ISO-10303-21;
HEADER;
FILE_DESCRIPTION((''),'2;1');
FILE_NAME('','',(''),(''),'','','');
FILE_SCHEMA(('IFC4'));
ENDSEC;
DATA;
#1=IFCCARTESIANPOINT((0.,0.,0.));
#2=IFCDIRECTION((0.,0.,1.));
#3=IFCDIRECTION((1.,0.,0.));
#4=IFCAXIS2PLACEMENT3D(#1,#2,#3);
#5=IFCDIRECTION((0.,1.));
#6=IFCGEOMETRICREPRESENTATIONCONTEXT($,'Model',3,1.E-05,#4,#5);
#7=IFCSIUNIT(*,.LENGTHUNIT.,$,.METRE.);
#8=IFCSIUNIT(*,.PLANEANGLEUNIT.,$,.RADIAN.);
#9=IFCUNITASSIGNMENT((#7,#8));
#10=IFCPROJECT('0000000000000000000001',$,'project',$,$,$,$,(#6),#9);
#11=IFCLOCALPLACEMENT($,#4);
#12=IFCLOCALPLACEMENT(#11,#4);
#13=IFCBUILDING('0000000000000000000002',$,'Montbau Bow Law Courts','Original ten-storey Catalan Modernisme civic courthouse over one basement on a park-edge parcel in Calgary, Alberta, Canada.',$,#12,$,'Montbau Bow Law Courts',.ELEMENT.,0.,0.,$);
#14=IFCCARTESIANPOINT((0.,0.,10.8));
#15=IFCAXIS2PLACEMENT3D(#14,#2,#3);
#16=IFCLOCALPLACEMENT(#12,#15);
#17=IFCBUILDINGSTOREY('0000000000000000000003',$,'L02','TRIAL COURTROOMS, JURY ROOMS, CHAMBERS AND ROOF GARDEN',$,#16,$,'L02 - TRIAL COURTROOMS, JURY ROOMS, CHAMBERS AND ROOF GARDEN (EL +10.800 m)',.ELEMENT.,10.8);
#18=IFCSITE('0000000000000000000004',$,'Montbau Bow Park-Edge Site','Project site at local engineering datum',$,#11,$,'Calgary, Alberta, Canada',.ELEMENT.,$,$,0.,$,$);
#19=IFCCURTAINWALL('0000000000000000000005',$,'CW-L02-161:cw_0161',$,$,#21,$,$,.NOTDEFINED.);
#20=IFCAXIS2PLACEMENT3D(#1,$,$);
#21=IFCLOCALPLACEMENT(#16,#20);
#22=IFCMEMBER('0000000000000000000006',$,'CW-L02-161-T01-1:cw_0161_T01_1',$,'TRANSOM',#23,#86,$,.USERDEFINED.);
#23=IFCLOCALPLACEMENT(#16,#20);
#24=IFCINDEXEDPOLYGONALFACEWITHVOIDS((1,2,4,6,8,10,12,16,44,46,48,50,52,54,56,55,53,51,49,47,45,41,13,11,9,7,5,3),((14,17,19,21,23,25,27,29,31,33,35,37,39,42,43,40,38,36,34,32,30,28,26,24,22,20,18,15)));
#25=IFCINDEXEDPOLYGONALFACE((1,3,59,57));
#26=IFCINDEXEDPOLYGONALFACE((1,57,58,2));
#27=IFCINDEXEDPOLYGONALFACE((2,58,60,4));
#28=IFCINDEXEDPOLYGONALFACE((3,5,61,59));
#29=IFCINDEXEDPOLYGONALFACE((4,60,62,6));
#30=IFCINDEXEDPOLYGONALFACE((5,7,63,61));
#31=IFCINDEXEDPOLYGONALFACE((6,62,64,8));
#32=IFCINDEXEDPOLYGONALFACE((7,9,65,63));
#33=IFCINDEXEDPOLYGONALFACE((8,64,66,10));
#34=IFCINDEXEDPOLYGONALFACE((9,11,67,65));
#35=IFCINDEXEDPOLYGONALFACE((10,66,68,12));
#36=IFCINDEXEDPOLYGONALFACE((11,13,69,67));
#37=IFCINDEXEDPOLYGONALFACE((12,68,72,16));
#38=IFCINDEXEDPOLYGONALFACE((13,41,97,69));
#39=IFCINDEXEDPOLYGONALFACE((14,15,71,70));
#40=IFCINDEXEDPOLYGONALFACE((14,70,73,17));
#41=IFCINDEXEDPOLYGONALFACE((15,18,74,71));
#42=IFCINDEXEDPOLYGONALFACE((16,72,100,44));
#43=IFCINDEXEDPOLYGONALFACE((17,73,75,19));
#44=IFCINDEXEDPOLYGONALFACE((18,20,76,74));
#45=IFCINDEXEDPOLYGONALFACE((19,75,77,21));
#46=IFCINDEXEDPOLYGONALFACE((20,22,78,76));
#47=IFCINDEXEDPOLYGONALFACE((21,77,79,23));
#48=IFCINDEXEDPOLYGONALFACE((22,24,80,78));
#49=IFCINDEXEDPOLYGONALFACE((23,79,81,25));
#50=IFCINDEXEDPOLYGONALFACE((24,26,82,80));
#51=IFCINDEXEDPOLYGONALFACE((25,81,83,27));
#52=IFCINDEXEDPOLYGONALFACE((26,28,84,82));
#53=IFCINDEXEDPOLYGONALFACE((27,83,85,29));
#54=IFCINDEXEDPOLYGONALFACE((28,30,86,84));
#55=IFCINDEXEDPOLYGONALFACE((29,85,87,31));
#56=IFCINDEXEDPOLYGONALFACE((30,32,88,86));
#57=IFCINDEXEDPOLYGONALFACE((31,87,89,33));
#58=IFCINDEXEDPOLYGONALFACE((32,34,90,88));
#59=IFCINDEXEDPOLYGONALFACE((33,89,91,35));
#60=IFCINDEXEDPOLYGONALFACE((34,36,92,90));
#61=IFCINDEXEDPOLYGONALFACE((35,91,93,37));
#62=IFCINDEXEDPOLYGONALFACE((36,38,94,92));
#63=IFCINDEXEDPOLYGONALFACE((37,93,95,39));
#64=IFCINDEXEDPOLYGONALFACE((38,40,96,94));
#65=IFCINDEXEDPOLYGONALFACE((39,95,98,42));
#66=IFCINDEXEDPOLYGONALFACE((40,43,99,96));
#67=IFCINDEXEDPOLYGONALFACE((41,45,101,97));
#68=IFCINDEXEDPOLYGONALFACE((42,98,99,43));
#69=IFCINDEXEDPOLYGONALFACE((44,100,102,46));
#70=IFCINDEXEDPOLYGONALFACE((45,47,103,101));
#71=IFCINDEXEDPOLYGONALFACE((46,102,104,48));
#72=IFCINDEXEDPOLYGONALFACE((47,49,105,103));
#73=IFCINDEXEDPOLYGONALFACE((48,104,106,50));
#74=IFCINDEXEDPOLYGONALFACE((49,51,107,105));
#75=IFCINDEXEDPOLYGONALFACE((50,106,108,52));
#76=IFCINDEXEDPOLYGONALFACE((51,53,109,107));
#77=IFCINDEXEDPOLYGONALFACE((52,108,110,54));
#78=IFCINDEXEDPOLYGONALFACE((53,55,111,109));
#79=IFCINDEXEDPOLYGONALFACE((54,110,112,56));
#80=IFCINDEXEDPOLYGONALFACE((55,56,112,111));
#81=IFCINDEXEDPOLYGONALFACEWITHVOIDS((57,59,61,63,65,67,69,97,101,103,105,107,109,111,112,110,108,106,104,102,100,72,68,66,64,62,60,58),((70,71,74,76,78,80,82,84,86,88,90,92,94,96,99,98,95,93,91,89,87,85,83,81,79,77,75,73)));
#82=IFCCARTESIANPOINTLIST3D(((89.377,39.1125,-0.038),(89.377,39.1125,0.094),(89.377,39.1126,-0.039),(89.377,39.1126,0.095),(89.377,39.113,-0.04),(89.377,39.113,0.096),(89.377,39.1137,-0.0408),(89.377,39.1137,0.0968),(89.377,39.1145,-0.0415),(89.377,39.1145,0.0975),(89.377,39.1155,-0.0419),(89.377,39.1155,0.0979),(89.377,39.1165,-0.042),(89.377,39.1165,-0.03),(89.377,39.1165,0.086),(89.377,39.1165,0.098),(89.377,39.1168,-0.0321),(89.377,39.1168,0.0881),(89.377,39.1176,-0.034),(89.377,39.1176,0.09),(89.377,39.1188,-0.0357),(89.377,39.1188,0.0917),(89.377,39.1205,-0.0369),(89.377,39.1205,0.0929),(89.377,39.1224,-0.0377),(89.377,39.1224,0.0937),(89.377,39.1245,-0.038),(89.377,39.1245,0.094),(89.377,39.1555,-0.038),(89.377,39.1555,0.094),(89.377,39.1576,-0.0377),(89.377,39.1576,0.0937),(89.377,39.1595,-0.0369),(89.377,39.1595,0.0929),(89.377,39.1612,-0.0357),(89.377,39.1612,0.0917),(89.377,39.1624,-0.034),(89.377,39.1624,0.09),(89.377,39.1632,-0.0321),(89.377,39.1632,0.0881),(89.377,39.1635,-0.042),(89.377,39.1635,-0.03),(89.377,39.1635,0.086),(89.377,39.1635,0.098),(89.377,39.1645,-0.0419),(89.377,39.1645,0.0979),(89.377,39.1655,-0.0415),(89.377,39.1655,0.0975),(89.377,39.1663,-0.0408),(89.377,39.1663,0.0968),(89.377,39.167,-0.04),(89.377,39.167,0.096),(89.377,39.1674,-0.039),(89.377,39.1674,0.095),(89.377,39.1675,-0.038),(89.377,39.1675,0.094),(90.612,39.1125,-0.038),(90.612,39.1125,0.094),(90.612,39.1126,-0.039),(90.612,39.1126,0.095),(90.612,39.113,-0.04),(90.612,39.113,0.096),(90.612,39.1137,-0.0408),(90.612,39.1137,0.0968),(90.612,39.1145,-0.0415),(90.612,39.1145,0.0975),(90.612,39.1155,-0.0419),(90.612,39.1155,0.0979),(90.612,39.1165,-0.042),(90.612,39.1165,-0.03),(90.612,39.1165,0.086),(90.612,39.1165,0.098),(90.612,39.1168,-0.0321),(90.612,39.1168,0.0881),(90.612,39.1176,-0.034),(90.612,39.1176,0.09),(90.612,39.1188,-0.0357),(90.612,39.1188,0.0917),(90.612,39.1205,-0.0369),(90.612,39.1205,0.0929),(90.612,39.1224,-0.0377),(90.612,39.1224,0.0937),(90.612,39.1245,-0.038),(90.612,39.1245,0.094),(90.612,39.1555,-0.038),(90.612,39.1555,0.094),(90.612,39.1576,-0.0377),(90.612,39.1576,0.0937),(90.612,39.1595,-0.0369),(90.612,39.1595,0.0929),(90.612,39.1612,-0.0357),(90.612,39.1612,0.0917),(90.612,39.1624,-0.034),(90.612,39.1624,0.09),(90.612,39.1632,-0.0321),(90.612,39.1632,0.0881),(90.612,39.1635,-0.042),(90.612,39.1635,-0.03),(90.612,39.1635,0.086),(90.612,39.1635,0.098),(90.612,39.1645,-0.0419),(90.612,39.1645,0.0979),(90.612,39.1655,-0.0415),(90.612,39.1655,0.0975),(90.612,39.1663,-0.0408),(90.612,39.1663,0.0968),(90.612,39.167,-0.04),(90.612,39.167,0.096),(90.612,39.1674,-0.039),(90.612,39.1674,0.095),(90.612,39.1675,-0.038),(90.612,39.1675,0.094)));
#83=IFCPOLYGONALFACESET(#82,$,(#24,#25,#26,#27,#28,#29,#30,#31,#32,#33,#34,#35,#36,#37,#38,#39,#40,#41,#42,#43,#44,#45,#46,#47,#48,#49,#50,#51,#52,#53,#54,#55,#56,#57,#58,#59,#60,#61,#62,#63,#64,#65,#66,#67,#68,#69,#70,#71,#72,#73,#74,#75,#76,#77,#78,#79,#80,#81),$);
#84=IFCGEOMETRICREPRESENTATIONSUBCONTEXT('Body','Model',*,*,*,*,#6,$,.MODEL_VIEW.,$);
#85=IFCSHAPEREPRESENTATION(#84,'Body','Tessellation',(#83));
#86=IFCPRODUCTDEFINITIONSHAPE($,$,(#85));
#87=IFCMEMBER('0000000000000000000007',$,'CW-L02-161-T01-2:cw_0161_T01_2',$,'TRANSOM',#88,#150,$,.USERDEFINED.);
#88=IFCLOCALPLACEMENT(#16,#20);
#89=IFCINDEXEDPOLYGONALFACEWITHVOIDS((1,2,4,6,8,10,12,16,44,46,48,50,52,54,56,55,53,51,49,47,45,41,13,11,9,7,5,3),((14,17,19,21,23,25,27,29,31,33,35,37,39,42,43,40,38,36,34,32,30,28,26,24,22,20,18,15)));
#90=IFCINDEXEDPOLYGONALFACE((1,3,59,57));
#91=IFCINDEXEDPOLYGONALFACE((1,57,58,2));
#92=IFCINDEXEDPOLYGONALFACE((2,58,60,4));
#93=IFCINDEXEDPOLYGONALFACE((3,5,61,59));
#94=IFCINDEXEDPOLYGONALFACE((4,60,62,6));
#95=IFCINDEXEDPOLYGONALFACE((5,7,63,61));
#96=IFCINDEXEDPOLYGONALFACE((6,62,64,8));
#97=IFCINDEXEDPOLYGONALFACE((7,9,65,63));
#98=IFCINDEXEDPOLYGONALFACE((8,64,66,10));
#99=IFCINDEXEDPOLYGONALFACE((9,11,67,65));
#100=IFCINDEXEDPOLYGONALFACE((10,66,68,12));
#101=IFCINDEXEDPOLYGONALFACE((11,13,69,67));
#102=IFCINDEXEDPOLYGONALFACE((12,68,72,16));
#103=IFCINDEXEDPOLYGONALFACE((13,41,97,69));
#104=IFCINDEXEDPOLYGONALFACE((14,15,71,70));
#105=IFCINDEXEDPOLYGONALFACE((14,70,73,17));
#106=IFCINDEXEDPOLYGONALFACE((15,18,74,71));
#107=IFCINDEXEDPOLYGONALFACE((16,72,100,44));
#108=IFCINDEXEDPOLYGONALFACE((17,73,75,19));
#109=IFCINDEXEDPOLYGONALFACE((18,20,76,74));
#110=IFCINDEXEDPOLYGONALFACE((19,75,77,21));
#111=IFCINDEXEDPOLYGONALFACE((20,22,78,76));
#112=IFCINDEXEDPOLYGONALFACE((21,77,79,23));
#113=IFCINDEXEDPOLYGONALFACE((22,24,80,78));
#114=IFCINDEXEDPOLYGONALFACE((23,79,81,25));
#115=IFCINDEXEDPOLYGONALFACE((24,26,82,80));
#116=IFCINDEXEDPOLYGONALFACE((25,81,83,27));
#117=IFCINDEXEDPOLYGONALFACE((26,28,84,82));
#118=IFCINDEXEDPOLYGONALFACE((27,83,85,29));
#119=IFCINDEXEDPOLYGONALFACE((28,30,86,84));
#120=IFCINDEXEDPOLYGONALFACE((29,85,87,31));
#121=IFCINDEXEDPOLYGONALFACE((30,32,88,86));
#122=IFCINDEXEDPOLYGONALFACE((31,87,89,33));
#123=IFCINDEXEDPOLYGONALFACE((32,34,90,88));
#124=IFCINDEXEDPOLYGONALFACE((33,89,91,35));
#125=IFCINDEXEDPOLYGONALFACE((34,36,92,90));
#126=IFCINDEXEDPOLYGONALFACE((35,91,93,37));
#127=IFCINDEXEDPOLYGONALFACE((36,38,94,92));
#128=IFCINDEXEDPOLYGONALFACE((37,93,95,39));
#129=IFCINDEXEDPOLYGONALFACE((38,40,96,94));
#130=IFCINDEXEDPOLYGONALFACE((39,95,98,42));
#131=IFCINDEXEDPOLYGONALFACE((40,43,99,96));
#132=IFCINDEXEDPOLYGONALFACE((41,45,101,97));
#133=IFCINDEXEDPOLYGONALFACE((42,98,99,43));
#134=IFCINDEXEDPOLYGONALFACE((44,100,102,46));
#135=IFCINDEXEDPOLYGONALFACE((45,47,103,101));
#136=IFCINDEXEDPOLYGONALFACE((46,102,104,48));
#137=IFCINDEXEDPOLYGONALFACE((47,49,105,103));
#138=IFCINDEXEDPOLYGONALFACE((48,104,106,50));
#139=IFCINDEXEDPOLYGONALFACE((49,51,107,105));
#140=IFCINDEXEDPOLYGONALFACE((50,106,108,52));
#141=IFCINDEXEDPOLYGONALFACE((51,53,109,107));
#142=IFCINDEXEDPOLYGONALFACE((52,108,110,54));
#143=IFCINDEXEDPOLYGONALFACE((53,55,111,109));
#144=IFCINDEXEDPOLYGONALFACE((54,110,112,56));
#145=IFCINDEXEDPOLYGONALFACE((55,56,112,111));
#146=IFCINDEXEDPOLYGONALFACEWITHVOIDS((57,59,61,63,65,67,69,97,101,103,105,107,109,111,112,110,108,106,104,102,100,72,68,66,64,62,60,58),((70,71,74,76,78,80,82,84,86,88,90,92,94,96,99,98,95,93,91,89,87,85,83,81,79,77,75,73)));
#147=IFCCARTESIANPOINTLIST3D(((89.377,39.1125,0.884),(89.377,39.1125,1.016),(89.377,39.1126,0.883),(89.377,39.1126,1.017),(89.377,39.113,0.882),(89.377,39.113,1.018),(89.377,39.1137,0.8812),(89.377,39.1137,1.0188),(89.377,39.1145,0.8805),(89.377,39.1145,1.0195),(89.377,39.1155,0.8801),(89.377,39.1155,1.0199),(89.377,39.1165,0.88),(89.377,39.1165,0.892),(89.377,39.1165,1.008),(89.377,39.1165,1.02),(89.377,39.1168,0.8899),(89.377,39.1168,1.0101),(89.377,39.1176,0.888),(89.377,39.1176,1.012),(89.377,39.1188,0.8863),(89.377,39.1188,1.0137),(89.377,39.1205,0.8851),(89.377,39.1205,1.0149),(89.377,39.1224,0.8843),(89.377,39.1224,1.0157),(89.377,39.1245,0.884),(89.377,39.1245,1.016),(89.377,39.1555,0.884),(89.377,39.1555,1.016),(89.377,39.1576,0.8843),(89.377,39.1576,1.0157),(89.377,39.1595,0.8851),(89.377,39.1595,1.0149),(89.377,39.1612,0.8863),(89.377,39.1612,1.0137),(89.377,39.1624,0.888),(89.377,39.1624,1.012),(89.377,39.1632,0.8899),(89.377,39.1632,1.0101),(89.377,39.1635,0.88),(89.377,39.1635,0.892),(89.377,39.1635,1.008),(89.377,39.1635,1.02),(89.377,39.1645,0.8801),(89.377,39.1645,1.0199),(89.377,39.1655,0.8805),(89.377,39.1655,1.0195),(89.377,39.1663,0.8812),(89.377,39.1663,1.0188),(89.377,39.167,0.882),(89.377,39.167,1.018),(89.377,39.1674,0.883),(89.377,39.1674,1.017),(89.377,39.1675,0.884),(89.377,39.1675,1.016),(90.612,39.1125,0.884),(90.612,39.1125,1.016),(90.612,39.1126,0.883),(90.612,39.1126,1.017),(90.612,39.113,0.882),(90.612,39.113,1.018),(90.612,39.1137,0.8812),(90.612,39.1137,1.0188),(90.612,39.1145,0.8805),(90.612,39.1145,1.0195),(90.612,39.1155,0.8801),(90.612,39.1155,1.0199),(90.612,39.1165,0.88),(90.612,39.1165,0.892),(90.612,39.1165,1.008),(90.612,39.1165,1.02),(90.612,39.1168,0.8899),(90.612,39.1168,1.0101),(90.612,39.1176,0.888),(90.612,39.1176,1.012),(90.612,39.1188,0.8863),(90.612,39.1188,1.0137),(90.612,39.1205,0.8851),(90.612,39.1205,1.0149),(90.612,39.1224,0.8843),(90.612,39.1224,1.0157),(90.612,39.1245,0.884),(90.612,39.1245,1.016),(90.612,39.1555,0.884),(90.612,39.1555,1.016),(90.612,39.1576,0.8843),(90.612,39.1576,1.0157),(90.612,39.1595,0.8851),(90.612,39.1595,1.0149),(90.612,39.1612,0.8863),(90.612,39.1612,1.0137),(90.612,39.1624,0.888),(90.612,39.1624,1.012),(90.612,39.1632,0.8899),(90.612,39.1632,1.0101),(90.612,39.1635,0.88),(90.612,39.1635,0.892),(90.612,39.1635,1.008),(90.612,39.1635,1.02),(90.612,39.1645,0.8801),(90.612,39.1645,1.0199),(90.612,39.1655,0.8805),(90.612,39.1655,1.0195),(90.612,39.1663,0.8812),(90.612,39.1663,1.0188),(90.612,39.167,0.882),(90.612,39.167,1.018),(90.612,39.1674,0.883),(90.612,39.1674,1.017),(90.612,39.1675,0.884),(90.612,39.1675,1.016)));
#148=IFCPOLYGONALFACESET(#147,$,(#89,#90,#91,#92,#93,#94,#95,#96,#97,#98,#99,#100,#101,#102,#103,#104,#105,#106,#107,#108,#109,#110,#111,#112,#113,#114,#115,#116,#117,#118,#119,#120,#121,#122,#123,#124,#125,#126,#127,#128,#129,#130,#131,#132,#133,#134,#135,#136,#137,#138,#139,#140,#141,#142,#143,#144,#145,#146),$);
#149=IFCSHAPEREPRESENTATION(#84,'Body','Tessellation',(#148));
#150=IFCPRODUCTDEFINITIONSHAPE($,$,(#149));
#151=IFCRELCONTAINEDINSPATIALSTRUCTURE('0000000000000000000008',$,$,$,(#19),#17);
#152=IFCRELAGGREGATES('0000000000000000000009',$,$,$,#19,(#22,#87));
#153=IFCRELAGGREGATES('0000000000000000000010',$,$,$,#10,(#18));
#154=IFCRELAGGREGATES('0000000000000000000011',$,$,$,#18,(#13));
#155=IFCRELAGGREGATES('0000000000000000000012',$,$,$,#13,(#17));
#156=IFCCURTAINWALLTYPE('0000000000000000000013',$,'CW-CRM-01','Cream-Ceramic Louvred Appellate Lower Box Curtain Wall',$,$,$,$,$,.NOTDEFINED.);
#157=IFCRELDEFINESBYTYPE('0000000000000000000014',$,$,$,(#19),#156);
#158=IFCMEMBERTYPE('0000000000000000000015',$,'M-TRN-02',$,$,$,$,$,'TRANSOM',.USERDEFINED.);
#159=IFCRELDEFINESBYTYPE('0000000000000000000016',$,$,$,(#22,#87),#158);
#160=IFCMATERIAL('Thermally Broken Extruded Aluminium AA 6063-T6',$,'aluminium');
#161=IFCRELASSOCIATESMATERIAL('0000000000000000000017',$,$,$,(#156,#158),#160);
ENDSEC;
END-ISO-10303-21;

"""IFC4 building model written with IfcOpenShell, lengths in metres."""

from ifc_helpers import new_model, si_unit, direction, frame, origin_with_axes, origin_2d_with_axis, place, context, subcontext, project, spatial, hollow_rectangle, extrude, material, material_profile, profile_set, type_object, element, aggregate, save


model = new_model("IFC4")

# Units and contexts
model_context = context("Model", 3, precision=1e-05, world=origin_with_axes(), true_north=direction((0.0, 1.0)))
body_context = subcontext(model_context, "Body", "Model", "MODEL_VIEW")
ifc_project = project(units=[si_unit("LENGTHUNIT", "METRE"), si_unit("PLANEANGLEUNIT", "RADIAN")], contexts=[model_context])

# Site, building, storey
site_placement = place(None, origin_with_axes())
site = spatial("IfcSite", under=ifc_project, at=site_placement, Name="Montbau Bow Park-Edge Site", Description="Project site at local engineering datum", LongName="Calgary, Alberta, Canada", CompositionType="ELEMENT", RefElevation=0.0)
building_placement = place(site_placement, origin_with_axes())
building = spatial("IfcBuilding", under=site, at=building_placement, Name="Montbau Bow Law Courts", Description="Original ten-storey Catalan Modernisme civic courthouse over one basement on a park-edge parcel in Calgary, Alberta, Canada.", LongName="Montbau Bow Law Courts", CompositionType="ELEMENT", ElevationOfRefHeight=0.0, ElevationOfTerrain=0.0)
storey_placement = place(building_placement, frame((0.0, 0.0, 10.8), z_axis=(0.0, 0.0, 1.0), x_axis=(1.0, 0.0, 0.0)))
storey = spatial("IfcBuildingStorey", under=building, at=storey_placement, Name="L02", Description="TRIAL COURTROOMS, JURY ROOMS, CHAMBERS AND ROOF GARDEN", LongName="L02 - TRIAL COURTROOMS, JURY ROOMS, CHAMBERS AND ROOF GARDEN (EL +10.800 m)", CompositionType="ELEMENT", Elevation=10.8)

# Curtain wall
ifc_material_1 = material(Name="Thermally Broken Extruded Aluminium AA 6063-T6", Category="aluminium")
curtain_wall_type = type_object("IfcCurtainWallType", Name="CW-CRM-01", Description="Cream-Ceramic Louvred Appellate Lower Box Curtain Wall", PredefinedType="NOTDEFINED", material=ifc_material_1)
curtain_wall_1_placement = place(None, frame((89.315, 39.14, 10.8), z_axis=(0.0, 0.0, 1.0), x_axis=(1.0, 0.0, 0.0)))
curtain_wall_1 = element("IfcCurtainWall", 1, at=curtain_wall_1_placement, inside=storey, type_object=curtain_wall_type, Name="CW-L02-161:cw_0161", PredefinedType="NOTDEFINED")

# Members
ifc_material_profile_1 = material_profile(ifc_material_1, hollow_rectangle(XDim=0.055, YDim=0.14, WallThickness=0.004, InnerFilletRadius=0.008, OuterFilletRadius=0.004, at=origin_2d_with_axis()), Name="CWT-140X55", Category="Main", Priority=0)
ifc_profile_set_1 = profile_set([ifc_material_profile_1], Name="Thermally Broken Extruded Aluminium AA 6063-T6")
member_type_1 = type_object("IfcMemberType", Name="M-TRN-02", ElementType="TRANSOM", PredefinedType="USERDEFINED", material=ifc_profile_set_1)
member_1_placement = place(None, frame((89.377, 39.14, 10.828), z_axis=(1.0, 0.0, 0.0), x_axis=(0.0, 1.0, 0.0)))
member_1 = element("IfcMember", 2, at=member_1_placement, type_object=member_type_1, Name="CW-L02-161-T01-1:cw_0161_T01_1", ObjectType="TRANSOM", PredefinedType="USERDEFINED", context=body_context, shape_type="SweptSolid", body=[
    extrude(hollow_rectangle(XDim=0.055, YDim=0.14, WallThickness=0.004, InnerFilletRadius=0.008, OuterFilletRadius=0.004, at=origin_2d_with_axis()), origin_with_axes(), (0.0, 0.0, 1.0), 1.235),
])
member_2_placement = place(None, frame((89.377, 39.14, 11.75), z_axis=(1.0, 0.0, 0.0), x_axis=(0.0, 1.0, 0.0)))
member_2 = element("IfcMember", 3, at=member_2_placement, type_object=member_type_1, Name="CW-L02-161-T01-2:cw_0161_T01_2", ObjectType="TRANSOM", PredefinedType="USERDEFINED", context=body_context, shape_type="SweptSolid", body=[
    extrude(hollow_rectangle(XDim=0.055, YDim=0.14, WallThickness=0.004, InnerFilletRadius=0.008, OuterFilletRadius=0.004, at=origin_2d_with_axis()), origin_with_axes(), (0.0, 0.0, 1.0), 1.235),
])

aggregate(curtain_wall_1, [member_1, member_2])

save(model, "model.ifc")
